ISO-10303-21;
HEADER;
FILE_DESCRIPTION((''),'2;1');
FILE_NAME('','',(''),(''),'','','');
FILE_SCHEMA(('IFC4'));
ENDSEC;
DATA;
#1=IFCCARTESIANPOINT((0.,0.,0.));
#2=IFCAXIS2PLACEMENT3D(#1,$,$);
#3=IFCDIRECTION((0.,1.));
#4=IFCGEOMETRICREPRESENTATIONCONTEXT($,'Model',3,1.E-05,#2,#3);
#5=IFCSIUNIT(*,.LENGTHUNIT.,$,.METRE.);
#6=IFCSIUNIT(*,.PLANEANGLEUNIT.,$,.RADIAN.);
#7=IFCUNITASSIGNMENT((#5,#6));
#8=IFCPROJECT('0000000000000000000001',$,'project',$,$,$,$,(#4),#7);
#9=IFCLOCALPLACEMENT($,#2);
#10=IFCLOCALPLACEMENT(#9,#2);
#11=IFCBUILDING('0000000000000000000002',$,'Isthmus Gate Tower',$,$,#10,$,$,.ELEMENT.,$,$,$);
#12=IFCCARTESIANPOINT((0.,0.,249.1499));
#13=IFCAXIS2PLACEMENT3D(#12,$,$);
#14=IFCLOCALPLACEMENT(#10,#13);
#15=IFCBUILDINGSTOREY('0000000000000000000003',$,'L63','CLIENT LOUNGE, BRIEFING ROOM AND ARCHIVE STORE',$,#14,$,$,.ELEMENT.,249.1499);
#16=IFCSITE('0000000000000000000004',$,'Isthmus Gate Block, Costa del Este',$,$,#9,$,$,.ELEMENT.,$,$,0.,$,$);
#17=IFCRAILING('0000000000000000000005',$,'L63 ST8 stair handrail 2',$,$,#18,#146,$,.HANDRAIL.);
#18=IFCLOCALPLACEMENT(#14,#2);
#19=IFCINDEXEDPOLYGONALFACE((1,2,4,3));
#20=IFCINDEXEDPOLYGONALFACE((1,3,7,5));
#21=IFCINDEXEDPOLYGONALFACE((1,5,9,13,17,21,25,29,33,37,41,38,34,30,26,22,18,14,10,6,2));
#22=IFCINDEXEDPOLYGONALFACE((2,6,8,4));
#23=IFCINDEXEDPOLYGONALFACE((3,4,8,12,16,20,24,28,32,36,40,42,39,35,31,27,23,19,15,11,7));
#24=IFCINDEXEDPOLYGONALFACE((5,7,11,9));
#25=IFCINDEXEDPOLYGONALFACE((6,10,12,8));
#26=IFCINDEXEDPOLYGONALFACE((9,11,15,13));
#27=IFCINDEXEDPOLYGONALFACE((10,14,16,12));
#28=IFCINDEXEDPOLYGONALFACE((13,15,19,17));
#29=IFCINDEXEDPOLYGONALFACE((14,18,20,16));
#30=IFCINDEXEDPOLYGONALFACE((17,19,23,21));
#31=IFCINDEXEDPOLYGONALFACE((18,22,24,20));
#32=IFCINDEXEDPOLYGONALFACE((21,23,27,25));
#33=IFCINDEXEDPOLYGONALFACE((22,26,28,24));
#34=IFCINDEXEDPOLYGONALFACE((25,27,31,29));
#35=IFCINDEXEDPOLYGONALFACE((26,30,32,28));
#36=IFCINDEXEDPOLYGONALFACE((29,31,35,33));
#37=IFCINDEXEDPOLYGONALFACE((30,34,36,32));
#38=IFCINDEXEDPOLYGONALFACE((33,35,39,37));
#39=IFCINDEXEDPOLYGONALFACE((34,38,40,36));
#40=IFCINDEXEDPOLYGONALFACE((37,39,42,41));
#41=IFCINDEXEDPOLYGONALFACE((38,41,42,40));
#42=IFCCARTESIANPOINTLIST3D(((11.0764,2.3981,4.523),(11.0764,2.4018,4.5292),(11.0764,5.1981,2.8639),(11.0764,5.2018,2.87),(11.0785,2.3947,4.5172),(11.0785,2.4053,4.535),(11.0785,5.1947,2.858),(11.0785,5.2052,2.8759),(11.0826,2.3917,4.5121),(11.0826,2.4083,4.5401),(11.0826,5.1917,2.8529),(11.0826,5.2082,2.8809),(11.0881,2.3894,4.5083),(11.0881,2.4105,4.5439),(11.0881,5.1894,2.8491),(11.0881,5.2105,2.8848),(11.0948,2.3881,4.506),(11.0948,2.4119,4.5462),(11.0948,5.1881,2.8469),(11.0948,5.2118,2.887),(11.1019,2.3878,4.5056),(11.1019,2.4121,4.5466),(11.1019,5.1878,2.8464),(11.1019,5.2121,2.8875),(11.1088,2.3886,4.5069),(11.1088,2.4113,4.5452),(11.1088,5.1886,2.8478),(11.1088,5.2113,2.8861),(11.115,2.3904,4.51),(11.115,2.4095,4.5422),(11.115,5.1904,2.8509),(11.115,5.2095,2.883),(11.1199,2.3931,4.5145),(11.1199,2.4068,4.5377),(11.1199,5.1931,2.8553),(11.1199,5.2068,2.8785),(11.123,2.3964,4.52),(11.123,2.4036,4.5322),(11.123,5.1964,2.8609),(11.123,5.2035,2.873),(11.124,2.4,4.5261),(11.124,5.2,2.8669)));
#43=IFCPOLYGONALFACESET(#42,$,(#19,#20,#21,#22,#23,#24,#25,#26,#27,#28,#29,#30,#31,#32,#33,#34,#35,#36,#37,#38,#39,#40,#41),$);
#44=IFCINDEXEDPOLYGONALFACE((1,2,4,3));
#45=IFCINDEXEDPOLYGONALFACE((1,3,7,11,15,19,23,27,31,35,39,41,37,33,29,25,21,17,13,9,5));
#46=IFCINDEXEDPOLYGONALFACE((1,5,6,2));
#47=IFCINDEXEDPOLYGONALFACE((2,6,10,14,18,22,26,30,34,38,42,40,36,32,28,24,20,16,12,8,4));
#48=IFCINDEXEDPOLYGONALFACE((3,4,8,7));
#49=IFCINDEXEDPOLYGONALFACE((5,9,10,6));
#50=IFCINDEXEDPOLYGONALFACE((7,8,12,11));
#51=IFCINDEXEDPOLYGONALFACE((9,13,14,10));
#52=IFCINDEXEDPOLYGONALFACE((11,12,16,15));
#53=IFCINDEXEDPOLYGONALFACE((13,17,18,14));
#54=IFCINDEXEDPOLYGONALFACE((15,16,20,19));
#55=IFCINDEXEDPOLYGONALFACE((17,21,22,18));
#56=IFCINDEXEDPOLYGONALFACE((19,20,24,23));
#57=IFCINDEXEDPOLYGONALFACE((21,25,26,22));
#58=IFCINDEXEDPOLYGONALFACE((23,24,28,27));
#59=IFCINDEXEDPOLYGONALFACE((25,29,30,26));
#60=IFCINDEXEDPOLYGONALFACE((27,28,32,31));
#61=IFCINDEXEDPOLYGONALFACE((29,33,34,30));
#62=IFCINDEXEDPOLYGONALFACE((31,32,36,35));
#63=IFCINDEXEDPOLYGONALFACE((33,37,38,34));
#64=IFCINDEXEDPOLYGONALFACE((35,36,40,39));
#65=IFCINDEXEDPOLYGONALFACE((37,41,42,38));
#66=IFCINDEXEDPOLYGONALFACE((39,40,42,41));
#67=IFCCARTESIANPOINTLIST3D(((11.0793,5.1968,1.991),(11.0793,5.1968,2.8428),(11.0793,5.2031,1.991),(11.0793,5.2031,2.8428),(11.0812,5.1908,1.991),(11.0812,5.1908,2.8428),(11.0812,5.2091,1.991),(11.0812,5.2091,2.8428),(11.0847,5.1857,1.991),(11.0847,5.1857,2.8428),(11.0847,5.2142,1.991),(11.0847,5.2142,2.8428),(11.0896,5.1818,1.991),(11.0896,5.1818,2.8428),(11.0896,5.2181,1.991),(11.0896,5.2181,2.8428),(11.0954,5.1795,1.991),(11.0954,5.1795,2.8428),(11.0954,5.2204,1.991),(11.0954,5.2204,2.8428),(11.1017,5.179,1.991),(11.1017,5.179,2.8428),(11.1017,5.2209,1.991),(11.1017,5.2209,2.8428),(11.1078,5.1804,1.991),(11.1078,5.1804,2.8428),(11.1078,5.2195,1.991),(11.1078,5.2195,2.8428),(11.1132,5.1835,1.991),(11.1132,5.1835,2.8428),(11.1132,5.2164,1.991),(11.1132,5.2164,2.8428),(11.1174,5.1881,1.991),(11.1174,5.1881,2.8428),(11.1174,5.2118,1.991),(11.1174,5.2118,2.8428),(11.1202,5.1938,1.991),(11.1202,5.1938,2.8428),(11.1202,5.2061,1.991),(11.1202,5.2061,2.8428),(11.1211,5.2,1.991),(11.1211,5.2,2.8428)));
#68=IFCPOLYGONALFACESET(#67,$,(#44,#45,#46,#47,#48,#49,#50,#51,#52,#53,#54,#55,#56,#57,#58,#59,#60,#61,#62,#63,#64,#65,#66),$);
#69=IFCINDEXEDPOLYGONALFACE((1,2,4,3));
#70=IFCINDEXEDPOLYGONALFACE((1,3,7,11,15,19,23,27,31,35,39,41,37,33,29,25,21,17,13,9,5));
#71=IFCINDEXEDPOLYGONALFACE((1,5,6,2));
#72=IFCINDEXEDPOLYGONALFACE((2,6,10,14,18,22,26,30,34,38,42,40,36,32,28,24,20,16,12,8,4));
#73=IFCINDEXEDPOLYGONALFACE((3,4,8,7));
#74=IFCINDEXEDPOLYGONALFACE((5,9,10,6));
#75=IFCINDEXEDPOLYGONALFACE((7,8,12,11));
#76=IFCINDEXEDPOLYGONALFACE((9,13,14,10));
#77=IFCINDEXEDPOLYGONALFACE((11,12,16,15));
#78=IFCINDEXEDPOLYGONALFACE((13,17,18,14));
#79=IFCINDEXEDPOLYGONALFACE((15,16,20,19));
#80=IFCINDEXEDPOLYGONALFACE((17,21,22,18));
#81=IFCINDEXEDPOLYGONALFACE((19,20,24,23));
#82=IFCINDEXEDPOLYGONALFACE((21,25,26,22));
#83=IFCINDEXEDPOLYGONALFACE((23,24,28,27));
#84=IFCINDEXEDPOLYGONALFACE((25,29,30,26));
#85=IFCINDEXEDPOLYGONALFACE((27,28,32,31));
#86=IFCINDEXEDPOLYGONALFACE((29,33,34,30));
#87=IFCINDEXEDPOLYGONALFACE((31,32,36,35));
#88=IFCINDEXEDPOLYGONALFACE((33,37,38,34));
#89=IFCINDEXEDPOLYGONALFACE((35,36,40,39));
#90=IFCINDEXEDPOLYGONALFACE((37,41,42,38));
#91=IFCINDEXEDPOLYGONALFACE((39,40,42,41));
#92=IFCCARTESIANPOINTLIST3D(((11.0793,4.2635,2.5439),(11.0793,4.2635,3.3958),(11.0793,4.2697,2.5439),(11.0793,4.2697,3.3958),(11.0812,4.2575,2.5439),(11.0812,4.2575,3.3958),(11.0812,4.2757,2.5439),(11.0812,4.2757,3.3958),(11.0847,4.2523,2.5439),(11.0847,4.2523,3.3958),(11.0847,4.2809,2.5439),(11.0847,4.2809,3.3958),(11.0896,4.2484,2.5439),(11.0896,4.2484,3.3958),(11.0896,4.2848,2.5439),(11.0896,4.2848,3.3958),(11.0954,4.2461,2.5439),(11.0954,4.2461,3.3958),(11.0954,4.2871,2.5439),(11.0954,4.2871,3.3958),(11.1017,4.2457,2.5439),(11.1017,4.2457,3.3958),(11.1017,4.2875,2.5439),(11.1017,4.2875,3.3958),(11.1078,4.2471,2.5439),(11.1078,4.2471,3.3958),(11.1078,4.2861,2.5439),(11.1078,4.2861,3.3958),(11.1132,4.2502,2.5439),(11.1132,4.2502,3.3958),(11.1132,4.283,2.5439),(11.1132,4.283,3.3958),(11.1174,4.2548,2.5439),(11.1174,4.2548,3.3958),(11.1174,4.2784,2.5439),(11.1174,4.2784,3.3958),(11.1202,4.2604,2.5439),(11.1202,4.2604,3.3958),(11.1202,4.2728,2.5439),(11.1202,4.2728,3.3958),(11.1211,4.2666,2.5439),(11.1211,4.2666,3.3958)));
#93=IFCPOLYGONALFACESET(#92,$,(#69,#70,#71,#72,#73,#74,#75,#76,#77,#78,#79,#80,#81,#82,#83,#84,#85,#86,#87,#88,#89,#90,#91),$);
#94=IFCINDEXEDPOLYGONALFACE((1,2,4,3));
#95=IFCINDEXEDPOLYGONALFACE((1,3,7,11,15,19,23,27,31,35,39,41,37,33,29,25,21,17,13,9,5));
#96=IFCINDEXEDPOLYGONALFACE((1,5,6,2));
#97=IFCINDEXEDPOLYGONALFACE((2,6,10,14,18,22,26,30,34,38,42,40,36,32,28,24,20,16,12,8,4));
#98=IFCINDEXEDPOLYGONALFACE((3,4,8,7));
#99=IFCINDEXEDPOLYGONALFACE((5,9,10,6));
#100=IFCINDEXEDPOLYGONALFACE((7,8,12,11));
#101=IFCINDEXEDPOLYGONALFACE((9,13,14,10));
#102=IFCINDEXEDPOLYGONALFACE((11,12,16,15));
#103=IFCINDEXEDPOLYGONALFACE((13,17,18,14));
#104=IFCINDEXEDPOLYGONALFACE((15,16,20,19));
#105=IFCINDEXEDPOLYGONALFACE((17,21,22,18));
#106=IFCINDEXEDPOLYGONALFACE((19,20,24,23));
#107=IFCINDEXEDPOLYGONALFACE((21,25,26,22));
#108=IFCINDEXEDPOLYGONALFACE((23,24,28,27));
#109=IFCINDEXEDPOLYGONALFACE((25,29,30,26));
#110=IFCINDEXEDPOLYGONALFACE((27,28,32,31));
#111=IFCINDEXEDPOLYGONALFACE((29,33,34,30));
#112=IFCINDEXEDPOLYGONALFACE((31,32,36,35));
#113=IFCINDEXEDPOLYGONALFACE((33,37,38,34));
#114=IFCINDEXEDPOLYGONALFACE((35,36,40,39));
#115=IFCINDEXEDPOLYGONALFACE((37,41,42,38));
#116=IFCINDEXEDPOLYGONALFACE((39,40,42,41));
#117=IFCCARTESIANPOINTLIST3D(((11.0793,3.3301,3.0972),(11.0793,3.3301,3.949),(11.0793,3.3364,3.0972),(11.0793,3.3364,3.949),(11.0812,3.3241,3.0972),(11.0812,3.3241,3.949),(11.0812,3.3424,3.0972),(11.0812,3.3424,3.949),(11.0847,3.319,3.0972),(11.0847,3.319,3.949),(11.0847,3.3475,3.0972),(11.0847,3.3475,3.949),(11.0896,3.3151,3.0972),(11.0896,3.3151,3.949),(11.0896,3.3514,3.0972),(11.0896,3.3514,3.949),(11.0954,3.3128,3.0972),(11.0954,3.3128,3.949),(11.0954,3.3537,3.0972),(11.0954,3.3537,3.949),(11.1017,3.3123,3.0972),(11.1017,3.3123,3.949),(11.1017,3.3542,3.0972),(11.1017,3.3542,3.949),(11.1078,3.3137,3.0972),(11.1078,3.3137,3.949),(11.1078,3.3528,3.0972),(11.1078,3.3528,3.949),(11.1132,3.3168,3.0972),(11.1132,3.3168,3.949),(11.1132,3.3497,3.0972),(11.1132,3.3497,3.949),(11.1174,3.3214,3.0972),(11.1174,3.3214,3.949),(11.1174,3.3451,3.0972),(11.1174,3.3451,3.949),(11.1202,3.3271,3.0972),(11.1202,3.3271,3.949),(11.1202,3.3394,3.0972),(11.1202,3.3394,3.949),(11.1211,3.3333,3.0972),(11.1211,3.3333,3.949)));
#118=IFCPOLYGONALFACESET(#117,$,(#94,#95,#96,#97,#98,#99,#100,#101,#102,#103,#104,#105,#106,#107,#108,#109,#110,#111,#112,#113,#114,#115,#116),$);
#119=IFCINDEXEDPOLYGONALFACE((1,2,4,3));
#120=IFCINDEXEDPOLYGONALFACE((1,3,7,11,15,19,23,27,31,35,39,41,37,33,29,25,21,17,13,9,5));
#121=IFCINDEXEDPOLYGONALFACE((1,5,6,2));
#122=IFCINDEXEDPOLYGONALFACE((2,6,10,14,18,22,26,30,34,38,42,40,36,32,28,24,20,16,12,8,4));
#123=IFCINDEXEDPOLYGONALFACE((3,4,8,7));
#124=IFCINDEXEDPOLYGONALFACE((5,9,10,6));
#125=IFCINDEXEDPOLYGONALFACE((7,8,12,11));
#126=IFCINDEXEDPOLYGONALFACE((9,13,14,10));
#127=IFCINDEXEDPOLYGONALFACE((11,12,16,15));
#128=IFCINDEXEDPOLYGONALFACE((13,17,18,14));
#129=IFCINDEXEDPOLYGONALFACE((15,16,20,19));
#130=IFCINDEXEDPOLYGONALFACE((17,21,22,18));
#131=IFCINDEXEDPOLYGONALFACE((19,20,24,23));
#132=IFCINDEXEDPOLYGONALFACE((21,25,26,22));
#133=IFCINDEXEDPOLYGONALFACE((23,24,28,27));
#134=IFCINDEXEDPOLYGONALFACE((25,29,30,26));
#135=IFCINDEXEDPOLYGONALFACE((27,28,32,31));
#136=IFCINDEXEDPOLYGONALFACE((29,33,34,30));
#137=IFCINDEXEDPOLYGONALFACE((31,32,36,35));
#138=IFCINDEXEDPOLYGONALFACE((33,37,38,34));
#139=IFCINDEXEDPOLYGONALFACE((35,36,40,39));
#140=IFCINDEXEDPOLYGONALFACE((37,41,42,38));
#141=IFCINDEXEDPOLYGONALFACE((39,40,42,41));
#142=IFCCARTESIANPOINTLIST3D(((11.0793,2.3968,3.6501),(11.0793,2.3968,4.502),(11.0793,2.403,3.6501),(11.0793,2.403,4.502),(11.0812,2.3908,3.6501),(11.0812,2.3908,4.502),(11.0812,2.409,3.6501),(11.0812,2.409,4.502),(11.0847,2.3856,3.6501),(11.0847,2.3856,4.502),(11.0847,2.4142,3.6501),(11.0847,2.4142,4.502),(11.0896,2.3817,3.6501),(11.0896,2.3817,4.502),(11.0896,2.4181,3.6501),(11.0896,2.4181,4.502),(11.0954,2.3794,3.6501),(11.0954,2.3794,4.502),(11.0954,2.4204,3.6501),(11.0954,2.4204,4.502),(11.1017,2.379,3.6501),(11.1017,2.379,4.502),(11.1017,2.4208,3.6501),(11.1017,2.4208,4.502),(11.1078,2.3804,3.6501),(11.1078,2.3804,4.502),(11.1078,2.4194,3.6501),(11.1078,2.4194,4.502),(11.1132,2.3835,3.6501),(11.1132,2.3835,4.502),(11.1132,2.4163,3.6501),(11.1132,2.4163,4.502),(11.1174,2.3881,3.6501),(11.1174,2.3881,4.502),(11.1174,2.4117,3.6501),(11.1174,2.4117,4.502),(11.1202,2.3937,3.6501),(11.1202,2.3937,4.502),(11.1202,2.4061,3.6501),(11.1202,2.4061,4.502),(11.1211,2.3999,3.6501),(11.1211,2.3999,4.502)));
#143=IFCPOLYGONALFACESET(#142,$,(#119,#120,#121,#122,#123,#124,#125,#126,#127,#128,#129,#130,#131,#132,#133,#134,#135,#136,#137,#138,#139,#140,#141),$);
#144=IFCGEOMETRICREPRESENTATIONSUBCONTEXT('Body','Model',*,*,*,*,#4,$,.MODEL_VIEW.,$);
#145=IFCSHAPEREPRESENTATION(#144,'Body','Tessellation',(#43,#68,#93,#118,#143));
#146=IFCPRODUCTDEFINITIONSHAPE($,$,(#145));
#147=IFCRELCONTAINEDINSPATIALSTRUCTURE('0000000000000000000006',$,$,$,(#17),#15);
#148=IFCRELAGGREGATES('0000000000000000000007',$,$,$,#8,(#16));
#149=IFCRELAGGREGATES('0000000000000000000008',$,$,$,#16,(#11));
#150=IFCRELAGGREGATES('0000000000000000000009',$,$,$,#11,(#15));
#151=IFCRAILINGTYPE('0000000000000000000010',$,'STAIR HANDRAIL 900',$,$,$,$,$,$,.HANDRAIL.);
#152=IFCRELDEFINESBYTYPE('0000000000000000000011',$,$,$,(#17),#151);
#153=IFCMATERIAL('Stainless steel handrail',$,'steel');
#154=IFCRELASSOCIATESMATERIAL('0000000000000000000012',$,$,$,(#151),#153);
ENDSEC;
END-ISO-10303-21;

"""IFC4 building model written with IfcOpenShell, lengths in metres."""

from ifc_helpers import new_model, si_unit, direction, frame, origin, origin_2d, place, context, subcontext, project, spatial, circle, extrude, material, type_object, element, save


model = new_model("IFC4")

# Units and contexts
model_context = context("Model", 3, precision=1e-05, world=origin(), true_north=direction((0.0, 1.0)))
body_context = subcontext(model_context, "Body", "Model", "MODEL_VIEW")
ifc_project = project(units=[si_unit("LENGTHUNIT", "METRE"), si_unit("PLANEANGLEUNIT", "RADIAN")], contexts=[model_context])

# Site, building, storey
site_placement = place(None, origin())
site = spatial("IfcSite", under=ifc_project, at=site_placement, Name="Isthmus Gate Block, Costa del Este", CompositionType="ELEMENT", RefElevation=0.0)
building_placement = place(site_placement, origin())
building = spatial("IfcBuilding", under=site, at=building_placement, Name="Isthmus Gate Tower", CompositionType="ELEMENT")
storey_placement = place(building_placement, frame((0.0, 0.0, 249.1499)))
storey = spatial("IfcBuildingStorey", under=building, at=storey_placement, Name="L63", Description="CLIENT LOUNGE, BRIEFING ROOM AND ARCHIVE STORE", CompositionType="ELEMENT", Elevation=249.1499)

# Railing
ifc_material_1 = material(Name="Stainless steel handrail", Category="steel")
railing_type_1 = type_object("IfcRailingType", Name="STAIR HANDRAIL 900", PredefinedType="HANDRAIL", material=ifc_material_1)
railing_1_placement = place(storey_placement, frame((11.1001, 5.2, 1.991)))
element("IfcRailing", 1, at=railing_1_placement, inside=storey, type_object=railing_type_1, Name="L63 ST8 stair handrail 2", PredefinedType="HANDRAIL", context=body_context, shape_type="SweptSolid", body=[
    extrude(circle(Radius=0.0239, at=origin_2d()), frame((0.0, 0.0, 0.876), z_axis=(0.0, -0.860306, 0.509778), x_axis=(1.0, 0.0, 0.0)), (0.0, 0.0, 1.0), 3.2546),
    extrude(circle(Radius=0.021, at=origin_2d()), origin(), (0.0, 0.0, 1.0), 0.8518),
    extrude(circle(Radius=0.021, at=origin_2d()), frame((0.0, -0.9333, 0.553)), (0.0, 0.0, 1.0), 0.8518),
    extrude(circle(Radius=0.021, at=origin_2d()), frame((0.0, -1.8667, 1.1062)), (0.0, 0.0, 1.0), 0.8518),
    extrude(circle(Radius=0.021, at=origin_2d()), frame((0.0, -2.8, 1.6592)), (0.0, 0.0, 1.0), 0.8518),
])

save(model, "model.ifc")
